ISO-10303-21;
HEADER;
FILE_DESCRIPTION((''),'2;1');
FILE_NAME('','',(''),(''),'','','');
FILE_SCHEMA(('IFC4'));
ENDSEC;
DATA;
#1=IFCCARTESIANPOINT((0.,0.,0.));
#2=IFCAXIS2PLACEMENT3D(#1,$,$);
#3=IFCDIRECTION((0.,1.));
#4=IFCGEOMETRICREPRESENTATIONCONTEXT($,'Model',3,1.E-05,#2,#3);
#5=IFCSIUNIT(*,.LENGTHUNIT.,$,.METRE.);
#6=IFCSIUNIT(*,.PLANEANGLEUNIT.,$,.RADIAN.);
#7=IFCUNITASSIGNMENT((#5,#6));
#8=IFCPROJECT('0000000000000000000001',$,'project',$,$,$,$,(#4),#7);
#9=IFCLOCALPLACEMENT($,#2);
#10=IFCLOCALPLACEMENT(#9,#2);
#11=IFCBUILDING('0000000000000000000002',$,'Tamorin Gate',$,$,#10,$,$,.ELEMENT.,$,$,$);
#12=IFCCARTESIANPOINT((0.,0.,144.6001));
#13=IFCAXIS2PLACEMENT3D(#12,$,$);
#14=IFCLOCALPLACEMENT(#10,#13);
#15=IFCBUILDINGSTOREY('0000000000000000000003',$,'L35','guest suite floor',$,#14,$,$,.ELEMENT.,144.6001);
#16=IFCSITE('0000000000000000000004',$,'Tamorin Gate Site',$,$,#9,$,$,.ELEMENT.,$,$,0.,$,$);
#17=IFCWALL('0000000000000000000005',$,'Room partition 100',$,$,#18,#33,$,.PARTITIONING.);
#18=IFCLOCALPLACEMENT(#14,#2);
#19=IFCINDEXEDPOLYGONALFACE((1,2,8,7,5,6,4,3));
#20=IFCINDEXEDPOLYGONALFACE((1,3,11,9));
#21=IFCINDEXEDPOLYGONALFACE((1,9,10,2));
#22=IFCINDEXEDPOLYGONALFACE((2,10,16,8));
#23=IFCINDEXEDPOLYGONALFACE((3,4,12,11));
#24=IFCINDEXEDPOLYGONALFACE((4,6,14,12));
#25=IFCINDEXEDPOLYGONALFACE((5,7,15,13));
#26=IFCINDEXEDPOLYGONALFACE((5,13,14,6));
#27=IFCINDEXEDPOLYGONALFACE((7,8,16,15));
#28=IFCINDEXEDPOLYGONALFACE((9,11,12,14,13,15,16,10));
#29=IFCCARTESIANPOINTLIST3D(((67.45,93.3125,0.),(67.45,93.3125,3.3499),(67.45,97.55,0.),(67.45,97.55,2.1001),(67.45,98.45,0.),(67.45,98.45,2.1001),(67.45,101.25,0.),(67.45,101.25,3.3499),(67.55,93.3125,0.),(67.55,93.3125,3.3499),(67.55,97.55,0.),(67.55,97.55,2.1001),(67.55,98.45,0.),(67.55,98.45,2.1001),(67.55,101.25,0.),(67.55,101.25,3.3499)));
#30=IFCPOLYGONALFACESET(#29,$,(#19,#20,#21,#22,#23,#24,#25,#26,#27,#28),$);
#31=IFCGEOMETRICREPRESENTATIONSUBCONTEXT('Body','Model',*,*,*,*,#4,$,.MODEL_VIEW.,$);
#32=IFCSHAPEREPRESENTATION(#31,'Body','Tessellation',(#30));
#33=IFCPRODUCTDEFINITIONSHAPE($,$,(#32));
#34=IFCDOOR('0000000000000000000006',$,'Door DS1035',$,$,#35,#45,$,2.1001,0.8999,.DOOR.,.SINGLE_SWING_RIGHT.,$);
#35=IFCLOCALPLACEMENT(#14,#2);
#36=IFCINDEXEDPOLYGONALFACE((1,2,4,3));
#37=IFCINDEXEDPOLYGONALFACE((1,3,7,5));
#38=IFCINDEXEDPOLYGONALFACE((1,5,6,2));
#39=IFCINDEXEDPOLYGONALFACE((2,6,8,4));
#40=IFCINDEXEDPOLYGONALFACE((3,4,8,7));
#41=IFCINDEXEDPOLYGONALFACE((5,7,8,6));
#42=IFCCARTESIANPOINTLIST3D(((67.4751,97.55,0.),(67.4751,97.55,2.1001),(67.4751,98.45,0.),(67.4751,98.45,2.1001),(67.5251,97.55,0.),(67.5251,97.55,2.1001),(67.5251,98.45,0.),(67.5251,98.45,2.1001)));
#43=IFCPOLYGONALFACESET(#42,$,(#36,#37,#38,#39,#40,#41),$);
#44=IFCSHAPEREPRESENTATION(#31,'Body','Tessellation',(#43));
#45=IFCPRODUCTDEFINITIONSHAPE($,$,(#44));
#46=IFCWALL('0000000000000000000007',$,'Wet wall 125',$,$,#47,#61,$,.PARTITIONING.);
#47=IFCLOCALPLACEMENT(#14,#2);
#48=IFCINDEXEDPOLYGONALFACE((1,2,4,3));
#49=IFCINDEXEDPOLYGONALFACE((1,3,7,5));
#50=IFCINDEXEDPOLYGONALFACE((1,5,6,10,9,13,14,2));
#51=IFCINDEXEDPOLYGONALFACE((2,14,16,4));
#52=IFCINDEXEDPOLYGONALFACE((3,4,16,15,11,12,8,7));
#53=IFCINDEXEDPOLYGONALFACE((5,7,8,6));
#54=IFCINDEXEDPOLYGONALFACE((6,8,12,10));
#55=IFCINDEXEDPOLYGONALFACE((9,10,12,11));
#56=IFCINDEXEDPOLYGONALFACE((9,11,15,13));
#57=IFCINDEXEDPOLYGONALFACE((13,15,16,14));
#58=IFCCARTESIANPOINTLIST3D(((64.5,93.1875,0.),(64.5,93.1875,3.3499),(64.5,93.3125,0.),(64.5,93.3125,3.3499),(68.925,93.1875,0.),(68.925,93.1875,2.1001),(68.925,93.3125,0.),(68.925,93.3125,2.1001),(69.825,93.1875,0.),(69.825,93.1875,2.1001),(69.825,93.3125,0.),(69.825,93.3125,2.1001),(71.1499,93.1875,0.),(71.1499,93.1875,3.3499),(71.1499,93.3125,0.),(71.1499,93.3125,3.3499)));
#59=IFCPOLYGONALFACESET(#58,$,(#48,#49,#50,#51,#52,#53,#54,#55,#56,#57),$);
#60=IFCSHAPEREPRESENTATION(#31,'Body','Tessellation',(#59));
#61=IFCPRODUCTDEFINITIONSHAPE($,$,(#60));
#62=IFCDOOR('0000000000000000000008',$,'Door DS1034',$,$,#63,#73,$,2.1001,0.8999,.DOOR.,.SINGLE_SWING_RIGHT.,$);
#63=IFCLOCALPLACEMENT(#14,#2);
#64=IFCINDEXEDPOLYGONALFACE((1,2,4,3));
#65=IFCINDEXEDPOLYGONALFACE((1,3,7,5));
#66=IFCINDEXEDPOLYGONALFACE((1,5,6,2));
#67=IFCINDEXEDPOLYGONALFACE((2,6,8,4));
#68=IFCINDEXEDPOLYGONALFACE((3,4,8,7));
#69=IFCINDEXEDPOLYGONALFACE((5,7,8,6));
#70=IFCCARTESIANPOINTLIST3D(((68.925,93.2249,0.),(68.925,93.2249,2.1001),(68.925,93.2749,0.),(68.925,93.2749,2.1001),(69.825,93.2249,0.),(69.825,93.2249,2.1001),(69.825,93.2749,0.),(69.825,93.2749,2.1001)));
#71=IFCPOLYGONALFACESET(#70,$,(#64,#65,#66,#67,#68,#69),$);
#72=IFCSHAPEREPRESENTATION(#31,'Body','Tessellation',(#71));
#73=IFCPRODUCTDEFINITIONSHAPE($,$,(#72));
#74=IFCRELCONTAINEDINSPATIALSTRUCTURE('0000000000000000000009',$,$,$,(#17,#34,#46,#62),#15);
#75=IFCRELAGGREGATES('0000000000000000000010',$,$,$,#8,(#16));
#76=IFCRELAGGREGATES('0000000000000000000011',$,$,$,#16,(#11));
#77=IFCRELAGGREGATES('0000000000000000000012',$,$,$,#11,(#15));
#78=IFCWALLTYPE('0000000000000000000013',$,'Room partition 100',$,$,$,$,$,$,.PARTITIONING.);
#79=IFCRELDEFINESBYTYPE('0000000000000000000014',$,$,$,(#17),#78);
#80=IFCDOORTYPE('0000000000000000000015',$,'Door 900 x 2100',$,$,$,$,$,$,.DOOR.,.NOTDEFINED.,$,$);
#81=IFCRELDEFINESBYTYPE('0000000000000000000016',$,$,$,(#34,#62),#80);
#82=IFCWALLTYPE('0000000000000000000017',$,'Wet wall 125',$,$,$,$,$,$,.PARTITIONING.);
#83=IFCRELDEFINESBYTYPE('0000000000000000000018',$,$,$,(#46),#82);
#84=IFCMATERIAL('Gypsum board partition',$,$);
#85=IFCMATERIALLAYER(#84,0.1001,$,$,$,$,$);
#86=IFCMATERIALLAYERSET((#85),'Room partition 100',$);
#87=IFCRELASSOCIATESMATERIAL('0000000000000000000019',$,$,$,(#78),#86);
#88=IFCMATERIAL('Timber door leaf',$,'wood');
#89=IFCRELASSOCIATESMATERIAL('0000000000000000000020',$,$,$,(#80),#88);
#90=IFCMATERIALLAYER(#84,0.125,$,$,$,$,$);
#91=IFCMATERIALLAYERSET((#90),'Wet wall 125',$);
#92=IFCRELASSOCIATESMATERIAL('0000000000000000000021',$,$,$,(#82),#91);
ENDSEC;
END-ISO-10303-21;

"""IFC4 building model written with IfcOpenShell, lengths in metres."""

from ifc_helpers import new_model, si_unit, direction, frame, frame_2d, origin, place, context, subcontext, project, spatial, rectangle, extrude, material, layer, layer_set, type_object, element, fill, save


model = new_model("IFC4")

# Units and contexts
model_context = context("Model", 3, precision=1e-05, world=origin(), true_north=direction((0.0, 1.0)))
body_context = subcontext(model_context, "Body", "Model", "MODEL_VIEW")
ifc_project = project(units=[si_unit("LENGTHUNIT", "METRE"), si_unit("PLANEANGLEUNIT", "RADIAN")], contexts=[model_context])

# Site, building, storey
site_placement = place(None, origin())
site = spatial("IfcSite", under=ifc_project, at=site_placement, Name="Tamorin Gate Site", CompositionType="ELEMENT", RefElevation=0.0)
building_placement = place(site_placement, origin())
building = spatial("IfcBuilding", under=site, at=building_placement, Name="Tamorin Gate", CompositionType="ELEMENT")
storey_placement = place(building_placement, frame((0.0, 0.0, 144.6001)))
storey = spatial("IfcBuildingStorey", under=building, at=storey_placement, Name="L35", Description="guest suite floor", CompositionType="ELEMENT", Elevation=144.6001)

# Walls, openings, doors
ifc_material_1 = material(Name="Gypsum board partition")
ifc_layer_1 = layer(ifc_material_1, 0.1001)
ifc_layer_set_1 = layer_set([ifc_layer_1], Name="Room partition 100")
wall_type_1 = type_object("IfcWallType", Name="Room partition 100", PredefinedType="PARTITIONING", material=ifc_layer_set_1)
wall_1_placement = place(storey_placement, frame((67.5, 93.3125, 0.0), z_axis=(0.0, 0.0, 1.0), x_axis=(0.0, 1.0, 0.0)))
wall_1 = element("IfcWall", 1, at=wall_1_placement, inside=storey, type_object=wall_type_1, Name="Room partition 100", PredefinedType="PARTITIONING", context=body_context, shape_type="SweptSolid", body=[
    extrude(rectangle(XDim=7.9375, YDim=0.1001, at=frame_2d((3.9688, 0.0))), origin(), (0.0, 0.0, 1.0), 3.3499),
])
opening_1_placement = place(wall_1_placement, frame((4.2375, 0.0, 0.0)))
opening_1 = element("IfcOpeningElement", 2, at=opening_1_placement, cuts=wall_1, PredefinedType="OPENING", context=body_context, shape_type="SweptSolid", body=[
    extrude(rectangle(XDim=0.8999, YDim=2.1001, at=frame_2d((0.45, 1.05))), frame((0.0, 0.0601, 0.0), z_axis=(0.0, -1.0, 0.0), x_axis=(1.0, 0.0, 0.0)), (0.0, 0.0, 1.0), 0.1201),
])
ifc_material_2 = material(Name="Timber door leaf", Category="wood")
door_type = type_object("IfcDoorType", Name="Door 900 x 2100", OperationType="NOTDEFINED", PredefinedType="DOOR", material=ifc_material_2)
door_1_placement = place(opening_1_placement, origin())
door_1 = element("IfcDoor", 3, at=door_1_placement, inside=storey, type_object=door_type, Name="Door DS1035", OperationType="SINGLE_SWING_RIGHT", OverallHeight=2.1001, OverallWidth=0.8999, PredefinedType="DOOR", context=body_context, shape_type="SweptSolid", body=[
    extrude(rectangle(XDim=0.8999, YDim=2.1001, at=frame_2d((0.45, 1.05))), frame((0.0, 0.0249, 0.0), z_axis=(0.0, -1.0, 0.0), x_axis=(1.0, 0.0, 0.0)), (0.0, 0.0, 1.0), 0.05),
])
fill(opening_1, door_1)
ifc_layer_2 = layer(ifc_material_1, 0.125)
ifc_layer_set_2 = layer_set([ifc_layer_2], Name="Wet wall 125")
wall_type_2 = type_object("IfcWallType", Name="Wet wall 125", PredefinedType="PARTITIONING", material=ifc_layer_set_2)
wall_2_placement = place(storey_placement, frame((64.5, 93.25, 0.0), z_axis=(0.0, 0.0, 1.0), x_axis=(1.0, 0.0, 0.0)))
wall_2 = element("IfcWall", 4, at=wall_2_placement, inside=storey, type_object=wall_type_2, Name="Wet wall 125", PredefinedType="PARTITIONING", context=body_context, shape_type="SweptSolid", body=[
    extrude(rectangle(XDim=6.6499, YDim=0.125, at=frame_2d((3.325, 0.0))), origin(), (0.0, 0.0, 1.0), 3.3499),
])
opening_2_placement = place(wall_2_placement, frame((4.425, 0.0, 0.0)))
opening_2 = element("IfcOpeningElement", 5, at=opening_2_placement, cuts=wall_2, PredefinedType="OPENING", context=body_context, shape_type="SweptSolid", body=[
    extrude(rectangle(XDim=0.8999, YDim=2.1001, at=frame_2d((0.45, 1.05))), frame((0.0, 0.0725, 0.0), z_axis=(0.0, -1.0, 0.0), x_axis=(1.0, 0.0, 0.0)), (0.0, 0.0, 1.0), 0.145),
])
door_2_placement = place(opening_2_placement, origin())
door_2 = element("IfcDoor", 6, at=door_2_placement, inside=storey, type_object=door_type, Name="Door DS1034", OperationType="SINGLE_SWING_RIGHT", OverallHeight=2.1001, OverallWidth=0.8999, PredefinedType="DOOR", context=body_context, shape_type="SweptSolid", body=[
    extrude(rectangle(XDim=0.8999, YDim=2.1001, at=frame_2d((0.45, 1.05))), frame((0.0, 0.0249, 0.0), z_axis=(0.0, -1.0, 0.0), x_axis=(1.0, 0.0, 0.0)), (0.0, 0.0, 1.0), 0.05),
])
fill(opening_2, door_2)

save(model, "model.ifc")
